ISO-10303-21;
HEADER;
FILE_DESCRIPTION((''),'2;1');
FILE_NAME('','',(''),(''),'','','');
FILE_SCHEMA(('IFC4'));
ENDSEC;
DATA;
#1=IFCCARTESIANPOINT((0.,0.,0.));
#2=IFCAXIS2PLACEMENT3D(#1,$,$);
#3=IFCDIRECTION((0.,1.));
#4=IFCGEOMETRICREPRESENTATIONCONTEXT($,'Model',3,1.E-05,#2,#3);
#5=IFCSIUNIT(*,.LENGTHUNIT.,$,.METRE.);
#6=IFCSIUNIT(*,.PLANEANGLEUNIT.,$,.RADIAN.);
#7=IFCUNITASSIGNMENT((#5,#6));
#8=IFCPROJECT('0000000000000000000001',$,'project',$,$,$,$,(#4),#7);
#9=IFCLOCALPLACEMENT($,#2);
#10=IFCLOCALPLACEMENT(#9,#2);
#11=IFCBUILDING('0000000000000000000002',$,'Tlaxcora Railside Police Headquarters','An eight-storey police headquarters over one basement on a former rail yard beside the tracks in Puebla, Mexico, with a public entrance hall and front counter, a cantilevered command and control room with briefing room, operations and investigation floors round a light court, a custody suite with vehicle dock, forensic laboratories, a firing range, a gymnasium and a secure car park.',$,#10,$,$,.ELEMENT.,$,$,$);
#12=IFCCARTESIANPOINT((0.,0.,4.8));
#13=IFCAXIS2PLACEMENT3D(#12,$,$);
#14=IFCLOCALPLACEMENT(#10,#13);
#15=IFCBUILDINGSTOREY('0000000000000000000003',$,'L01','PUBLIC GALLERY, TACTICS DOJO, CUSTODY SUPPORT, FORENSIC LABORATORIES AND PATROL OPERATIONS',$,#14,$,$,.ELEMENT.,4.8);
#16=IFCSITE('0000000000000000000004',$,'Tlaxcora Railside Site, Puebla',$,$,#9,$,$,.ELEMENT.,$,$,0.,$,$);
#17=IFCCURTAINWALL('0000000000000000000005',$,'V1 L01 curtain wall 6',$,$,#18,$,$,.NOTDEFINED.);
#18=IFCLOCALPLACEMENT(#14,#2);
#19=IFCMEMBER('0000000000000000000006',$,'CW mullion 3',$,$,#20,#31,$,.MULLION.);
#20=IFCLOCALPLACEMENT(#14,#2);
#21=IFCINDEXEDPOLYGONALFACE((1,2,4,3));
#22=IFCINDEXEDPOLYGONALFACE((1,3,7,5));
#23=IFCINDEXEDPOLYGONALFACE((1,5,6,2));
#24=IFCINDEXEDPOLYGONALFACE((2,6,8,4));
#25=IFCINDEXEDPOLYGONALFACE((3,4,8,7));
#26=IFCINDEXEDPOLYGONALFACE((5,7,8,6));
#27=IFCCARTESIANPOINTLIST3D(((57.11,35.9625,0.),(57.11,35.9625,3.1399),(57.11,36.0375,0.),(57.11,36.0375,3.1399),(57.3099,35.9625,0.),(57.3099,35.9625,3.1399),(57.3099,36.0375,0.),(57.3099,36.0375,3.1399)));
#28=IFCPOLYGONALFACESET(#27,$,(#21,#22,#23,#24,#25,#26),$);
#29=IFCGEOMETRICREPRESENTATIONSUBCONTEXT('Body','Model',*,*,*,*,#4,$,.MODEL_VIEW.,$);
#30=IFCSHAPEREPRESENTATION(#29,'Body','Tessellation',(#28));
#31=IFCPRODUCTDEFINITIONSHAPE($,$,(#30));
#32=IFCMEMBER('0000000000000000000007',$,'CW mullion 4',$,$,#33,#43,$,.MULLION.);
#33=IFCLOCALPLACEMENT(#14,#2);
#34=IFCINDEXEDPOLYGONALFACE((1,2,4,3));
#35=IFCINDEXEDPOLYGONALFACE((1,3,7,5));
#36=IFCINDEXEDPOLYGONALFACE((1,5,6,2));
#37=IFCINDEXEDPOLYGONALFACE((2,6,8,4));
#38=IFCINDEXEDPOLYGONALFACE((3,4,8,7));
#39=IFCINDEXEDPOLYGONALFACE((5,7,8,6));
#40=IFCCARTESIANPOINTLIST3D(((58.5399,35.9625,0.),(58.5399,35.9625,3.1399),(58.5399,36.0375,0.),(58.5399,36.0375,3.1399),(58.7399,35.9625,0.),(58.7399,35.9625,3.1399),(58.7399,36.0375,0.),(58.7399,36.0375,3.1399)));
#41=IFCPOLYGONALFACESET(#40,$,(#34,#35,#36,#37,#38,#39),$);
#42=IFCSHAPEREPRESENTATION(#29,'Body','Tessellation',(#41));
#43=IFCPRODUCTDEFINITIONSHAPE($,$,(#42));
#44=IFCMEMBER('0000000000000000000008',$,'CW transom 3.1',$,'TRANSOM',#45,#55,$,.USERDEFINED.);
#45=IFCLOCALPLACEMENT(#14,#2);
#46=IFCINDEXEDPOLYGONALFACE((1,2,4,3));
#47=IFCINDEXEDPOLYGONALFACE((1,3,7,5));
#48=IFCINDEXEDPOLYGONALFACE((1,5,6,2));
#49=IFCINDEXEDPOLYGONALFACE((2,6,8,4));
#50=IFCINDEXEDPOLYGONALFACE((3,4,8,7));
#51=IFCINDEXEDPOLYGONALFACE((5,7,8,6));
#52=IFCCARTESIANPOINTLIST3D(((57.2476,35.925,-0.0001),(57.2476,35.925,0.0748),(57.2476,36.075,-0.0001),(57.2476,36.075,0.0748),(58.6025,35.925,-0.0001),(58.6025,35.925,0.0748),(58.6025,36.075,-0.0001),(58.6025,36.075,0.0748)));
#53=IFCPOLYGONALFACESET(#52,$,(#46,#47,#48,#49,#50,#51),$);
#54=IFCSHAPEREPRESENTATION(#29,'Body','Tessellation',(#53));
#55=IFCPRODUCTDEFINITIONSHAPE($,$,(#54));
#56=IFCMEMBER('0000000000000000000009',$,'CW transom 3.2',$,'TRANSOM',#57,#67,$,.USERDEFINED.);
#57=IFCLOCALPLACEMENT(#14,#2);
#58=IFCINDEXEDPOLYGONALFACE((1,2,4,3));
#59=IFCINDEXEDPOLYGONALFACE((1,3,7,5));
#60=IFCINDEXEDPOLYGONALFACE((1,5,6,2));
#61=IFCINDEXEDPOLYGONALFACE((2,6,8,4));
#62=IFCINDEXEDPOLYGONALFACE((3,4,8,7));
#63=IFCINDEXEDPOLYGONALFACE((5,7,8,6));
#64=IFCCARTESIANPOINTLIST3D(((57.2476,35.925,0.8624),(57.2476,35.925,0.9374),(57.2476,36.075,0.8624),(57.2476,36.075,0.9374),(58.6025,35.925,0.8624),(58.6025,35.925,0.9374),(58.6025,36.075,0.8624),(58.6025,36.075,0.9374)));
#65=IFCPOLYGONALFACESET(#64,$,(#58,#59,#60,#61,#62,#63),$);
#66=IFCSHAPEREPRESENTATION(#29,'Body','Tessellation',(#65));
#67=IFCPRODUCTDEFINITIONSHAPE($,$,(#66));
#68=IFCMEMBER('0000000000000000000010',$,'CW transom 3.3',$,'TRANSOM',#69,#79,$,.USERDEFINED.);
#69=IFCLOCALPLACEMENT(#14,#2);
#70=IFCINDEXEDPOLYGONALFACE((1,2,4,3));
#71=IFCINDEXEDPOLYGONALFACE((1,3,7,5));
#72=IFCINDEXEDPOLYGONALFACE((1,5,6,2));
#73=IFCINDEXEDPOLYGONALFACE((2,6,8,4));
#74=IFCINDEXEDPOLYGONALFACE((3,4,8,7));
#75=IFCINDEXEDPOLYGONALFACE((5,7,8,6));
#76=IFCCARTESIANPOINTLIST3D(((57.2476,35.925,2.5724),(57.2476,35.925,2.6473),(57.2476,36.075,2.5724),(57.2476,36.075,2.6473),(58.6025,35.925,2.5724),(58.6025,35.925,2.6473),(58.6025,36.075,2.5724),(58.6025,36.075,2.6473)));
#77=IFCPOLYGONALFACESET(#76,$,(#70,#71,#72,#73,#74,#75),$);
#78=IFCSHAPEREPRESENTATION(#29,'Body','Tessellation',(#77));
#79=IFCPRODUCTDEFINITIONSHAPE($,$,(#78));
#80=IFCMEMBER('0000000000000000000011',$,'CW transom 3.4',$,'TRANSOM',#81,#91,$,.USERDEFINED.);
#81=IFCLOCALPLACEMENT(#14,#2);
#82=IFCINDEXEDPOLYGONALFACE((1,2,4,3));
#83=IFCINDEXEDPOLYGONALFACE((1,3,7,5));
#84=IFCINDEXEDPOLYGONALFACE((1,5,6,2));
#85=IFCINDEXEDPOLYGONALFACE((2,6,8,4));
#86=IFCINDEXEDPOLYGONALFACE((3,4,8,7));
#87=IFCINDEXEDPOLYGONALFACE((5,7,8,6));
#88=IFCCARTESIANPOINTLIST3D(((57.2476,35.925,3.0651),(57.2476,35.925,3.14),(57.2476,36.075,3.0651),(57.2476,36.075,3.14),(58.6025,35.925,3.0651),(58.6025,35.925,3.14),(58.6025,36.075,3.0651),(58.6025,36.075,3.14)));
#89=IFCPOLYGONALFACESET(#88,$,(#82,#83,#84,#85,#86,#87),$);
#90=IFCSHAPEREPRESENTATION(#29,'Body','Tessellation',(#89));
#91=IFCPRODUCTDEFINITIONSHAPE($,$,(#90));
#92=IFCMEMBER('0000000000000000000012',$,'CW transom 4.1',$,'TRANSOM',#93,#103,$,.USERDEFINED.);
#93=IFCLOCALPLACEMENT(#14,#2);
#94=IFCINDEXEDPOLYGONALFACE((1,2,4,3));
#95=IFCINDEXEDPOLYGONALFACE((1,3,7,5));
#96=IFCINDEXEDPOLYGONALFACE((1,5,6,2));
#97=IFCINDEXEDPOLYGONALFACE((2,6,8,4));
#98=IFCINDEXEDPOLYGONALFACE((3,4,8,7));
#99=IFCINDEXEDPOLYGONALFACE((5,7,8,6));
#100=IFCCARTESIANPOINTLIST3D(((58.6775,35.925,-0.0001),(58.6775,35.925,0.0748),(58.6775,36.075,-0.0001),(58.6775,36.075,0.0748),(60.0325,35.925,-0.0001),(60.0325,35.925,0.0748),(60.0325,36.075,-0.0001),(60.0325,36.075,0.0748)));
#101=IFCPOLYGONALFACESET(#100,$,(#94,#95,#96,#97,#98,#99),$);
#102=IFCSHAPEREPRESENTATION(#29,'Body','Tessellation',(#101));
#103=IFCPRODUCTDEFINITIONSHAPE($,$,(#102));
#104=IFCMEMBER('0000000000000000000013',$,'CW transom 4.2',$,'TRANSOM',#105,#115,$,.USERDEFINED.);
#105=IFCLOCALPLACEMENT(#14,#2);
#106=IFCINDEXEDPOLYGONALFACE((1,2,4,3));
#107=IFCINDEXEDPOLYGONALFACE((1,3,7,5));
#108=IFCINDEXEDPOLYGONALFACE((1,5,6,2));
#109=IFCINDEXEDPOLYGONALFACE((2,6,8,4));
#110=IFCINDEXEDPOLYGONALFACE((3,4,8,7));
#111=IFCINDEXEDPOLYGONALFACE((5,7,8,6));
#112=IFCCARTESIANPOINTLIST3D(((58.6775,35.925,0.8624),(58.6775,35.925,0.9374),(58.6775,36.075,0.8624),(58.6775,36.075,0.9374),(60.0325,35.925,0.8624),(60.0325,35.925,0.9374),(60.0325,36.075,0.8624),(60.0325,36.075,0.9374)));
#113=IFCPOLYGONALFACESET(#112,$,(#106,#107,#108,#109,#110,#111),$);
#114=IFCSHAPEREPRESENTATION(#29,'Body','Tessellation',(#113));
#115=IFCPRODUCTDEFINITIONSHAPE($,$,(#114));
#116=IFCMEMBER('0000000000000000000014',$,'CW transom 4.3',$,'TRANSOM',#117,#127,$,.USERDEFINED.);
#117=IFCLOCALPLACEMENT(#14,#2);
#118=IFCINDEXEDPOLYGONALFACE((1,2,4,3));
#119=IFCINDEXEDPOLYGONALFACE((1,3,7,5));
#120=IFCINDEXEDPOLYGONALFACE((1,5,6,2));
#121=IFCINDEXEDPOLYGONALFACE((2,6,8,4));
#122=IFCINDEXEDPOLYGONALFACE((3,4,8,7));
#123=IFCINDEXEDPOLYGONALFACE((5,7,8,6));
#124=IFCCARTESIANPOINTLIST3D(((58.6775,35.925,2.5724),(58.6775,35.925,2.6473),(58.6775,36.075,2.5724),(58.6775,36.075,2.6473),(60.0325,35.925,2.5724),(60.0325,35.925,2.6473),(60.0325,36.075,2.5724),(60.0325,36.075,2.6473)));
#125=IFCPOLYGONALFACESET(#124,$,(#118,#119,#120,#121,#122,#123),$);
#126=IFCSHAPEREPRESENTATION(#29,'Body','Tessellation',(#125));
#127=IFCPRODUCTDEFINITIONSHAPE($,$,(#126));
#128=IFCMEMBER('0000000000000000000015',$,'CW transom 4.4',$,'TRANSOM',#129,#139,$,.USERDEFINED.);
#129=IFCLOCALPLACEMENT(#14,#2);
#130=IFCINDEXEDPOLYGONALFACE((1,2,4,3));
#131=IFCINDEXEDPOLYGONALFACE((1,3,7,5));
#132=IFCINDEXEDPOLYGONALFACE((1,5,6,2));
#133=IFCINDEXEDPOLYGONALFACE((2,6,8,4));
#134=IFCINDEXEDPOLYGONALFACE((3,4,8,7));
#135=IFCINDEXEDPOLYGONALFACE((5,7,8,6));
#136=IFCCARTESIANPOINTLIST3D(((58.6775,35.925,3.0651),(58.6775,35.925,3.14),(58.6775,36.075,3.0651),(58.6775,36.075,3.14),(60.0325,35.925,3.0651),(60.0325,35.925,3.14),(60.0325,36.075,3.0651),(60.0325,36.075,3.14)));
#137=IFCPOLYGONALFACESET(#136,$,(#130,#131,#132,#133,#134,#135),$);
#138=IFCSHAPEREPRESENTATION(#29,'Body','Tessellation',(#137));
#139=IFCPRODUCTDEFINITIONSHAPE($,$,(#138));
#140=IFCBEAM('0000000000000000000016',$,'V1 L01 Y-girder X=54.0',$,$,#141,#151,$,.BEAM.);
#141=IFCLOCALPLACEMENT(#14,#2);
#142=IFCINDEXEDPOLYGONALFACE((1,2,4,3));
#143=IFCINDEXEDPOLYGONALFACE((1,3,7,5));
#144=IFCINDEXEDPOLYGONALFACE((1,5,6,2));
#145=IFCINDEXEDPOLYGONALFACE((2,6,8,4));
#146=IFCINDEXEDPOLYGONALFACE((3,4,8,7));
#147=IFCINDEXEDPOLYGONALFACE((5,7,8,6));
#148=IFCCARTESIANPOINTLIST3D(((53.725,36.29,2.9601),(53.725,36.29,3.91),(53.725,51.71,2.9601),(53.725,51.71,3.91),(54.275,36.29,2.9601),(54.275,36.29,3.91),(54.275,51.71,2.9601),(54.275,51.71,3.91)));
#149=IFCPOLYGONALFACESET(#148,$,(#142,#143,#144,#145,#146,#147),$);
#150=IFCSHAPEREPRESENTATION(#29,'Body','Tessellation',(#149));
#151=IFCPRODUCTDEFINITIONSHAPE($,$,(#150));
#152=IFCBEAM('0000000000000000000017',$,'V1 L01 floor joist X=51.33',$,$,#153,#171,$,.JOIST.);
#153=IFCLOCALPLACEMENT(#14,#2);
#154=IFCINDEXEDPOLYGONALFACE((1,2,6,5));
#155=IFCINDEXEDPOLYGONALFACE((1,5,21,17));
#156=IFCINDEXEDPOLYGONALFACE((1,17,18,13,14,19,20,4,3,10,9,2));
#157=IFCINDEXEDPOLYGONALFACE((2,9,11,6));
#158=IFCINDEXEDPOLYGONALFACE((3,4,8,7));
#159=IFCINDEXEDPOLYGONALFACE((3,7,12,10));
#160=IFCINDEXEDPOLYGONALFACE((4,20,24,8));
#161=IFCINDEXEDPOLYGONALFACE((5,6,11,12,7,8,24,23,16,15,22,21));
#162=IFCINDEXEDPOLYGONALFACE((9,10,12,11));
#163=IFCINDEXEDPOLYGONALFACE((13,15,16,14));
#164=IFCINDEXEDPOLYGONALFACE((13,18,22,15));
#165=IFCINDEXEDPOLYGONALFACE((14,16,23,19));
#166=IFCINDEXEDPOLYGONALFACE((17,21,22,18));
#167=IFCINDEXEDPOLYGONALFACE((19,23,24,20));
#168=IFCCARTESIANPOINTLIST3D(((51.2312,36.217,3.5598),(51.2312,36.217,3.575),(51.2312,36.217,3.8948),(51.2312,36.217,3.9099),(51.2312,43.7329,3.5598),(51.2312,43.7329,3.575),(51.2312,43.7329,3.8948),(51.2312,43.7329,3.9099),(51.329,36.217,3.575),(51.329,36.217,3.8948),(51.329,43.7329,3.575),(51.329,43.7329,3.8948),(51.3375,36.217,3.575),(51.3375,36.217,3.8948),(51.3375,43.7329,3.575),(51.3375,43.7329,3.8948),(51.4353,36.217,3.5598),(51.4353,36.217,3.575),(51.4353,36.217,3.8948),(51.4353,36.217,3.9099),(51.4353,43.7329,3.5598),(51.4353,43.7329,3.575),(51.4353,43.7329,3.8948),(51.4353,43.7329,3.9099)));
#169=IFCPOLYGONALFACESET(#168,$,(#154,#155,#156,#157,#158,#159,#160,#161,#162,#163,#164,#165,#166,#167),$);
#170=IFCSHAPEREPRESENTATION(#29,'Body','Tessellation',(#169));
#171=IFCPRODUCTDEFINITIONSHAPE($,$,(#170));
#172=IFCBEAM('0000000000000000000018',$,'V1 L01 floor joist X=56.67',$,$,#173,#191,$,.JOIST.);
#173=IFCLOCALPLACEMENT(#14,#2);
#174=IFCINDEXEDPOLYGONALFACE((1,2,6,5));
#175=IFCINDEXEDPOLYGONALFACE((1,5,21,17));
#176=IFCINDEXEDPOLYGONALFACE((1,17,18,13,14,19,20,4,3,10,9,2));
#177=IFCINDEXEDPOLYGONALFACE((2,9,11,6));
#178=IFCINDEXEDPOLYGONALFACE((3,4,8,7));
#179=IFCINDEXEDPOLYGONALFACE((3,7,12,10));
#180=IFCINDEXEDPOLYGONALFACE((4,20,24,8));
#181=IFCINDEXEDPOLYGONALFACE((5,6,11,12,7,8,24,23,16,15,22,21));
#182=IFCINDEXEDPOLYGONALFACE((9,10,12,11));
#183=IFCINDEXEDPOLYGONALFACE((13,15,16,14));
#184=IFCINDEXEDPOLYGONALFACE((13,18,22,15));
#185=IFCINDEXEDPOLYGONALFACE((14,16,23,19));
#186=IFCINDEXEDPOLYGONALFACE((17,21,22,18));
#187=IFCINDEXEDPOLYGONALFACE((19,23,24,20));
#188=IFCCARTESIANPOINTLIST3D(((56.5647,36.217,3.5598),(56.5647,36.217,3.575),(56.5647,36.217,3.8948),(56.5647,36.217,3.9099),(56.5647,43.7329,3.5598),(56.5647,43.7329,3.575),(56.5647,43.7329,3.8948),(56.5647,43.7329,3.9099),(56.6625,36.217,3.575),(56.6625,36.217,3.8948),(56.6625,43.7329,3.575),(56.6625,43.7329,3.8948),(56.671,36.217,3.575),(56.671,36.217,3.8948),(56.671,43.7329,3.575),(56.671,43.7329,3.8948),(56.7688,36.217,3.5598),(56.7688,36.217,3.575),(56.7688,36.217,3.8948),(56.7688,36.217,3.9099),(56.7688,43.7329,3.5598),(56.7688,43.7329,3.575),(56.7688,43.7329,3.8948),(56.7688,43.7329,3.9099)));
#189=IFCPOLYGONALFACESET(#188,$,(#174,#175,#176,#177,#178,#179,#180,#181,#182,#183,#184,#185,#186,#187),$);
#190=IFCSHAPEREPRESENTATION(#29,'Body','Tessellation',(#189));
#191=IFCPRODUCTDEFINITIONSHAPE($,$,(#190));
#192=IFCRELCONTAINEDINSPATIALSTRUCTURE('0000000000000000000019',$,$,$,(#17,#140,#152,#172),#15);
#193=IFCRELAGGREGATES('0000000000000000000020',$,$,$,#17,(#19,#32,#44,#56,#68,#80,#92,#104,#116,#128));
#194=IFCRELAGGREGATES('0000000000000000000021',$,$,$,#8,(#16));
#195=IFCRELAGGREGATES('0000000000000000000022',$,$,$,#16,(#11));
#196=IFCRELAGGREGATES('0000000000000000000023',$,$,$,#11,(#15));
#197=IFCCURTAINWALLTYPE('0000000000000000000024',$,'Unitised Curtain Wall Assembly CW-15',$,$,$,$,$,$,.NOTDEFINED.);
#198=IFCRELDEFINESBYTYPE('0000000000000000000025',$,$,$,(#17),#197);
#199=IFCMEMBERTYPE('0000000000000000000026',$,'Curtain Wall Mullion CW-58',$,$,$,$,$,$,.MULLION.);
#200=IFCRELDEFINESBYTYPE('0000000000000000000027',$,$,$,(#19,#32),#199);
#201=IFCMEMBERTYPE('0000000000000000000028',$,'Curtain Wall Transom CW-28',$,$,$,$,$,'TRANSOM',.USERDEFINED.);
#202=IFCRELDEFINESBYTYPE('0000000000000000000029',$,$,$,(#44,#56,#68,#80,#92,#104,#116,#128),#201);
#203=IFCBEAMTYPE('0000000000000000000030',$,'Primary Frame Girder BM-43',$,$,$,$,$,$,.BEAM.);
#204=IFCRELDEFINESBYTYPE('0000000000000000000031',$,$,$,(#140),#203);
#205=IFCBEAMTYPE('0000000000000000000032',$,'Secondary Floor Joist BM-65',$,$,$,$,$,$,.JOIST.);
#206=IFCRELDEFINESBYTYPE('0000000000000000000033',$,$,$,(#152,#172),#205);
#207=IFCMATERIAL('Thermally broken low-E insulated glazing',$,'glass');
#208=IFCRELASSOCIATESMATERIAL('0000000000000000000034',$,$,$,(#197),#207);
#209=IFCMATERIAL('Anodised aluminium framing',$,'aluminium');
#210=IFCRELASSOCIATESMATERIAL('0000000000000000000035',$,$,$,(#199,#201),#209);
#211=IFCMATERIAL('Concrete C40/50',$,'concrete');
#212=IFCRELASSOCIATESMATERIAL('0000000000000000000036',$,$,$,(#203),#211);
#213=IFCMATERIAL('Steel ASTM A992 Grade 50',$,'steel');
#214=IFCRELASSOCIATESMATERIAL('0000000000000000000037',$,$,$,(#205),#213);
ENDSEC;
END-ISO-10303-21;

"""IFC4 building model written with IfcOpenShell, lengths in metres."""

from ifc_helpers import new_model, si_unit, direction, frame, origin, origin_2d, place, context, subcontext, project, spatial, rectangle, i_section, extrude, material, material_profile, profile_set, type_object, element, aggregate, save


model = new_model("IFC4")

# Units and contexts
model_context = context("Model", 3, precision=1e-05, world=origin(), true_north=direction((0.0, 1.0)))
body_context = subcontext(model_context, "Body", "Model", "MODEL_VIEW")
ifc_project = project(units=[si_unit("LENGTHUNIT", "METRE"), si_unit("PLANEANGLEUNIT", "RADIAN")], contexts=[model_context])

# Site, building, storey
site_placement = place(None, origin())
site = spatial("IfcSite", under=ifc_project, at=site_placement, Name="Tlaxcora Railside Site, Puebla", CompositionType="ELEMENT", RefElevation=0.0)
building_placement = place(site_placement, origin())
building = spatial("IfcBuilding", under=site, at=building_placement, Name="Tlaxcora Railside Police Headquarters", Description="An eight-storey police headquarters over one basement on a former rail yard beside the tracks in Puebla, Mexico, with a public entrance hall and front counter, a cantilevered command and control room with briefing room, operations and investigation floors round a light court, a custody suite with vehicle dock, forensic laboratories, a firing range, a gymnasium and a secure car park.", CompositionType="ELEMENT")
storey_placement = place(building_placement, frame((0.0, 0.0, 4.8)))
storey = spatial("IfcBuildingStorey", under=building, at=storey_placement, Name="L01", Description="PUBLIC GALLERY, TACTICS DOJO, CUSTODY SUPPORT, FORENSIC LABORATORIES AND PATROL OPERATIONS", CompositionType="ELEMENT", Elevation=4.8)

# Curtain wall, members
ifc_material_1 = material(Name="Thermally broken low-E insulated glazing", Category="glass")
curtain_wall_type = type_object("IfcCurtainWallType", Name="Unitised Curtain Wall Assembly CW-15", PredefinedType="NOTDEFINED", material=ifc_material_1)
curtain_wall_placement = place(storey_placement, origin())
curtain_wall = element("IfcCurtainWall", 1, at=curtain_wall_placement, inside=storey, type_object=curtain_wall_type, Name="V1 L01 curtain wall 6", PredefinedType="NOTDEFINED")
ifc_material_2 = material(Name="Anodised aluminium framing", Category="aluminium")
ifc_material_profile_1 = material_profile(ifc_material_2, rectangle(XDim=0.075, YDim=0.2, at=origin_2d()), Name="AL75X200")
ifc_profile_set_1 = profile_set([ifc_material_profile_1], Name="Anodised aluminium framing")
member_type_1 = type_object("IfcMemberType", Name="Curtain Wall Mullion CW-58", PredefinedType="MULLION", material=ifc_profile_set_1)
member_1_placement = place(storey_placement, frame((57.21, 36.0, 0.0), z_axis=(0.0, 0.0, 1.0), x_axis=(0.0, 1.0, 0.0)))
member_1 = element("IfcMember", 2, at=member_1_placement, type_object=member_type_1, Name="CW mullion 3", PredefinedType="MULLION", context=body_context, shape_type="SweptSolid", body=[
    extrude(rectangle(XDim=0.075, YDim=0.2, at=origin_2d()), origin(), (0.0, 0.0, 1.0), 3.1399),
])
member_2_placement = place(storey_placement, frame((58.6399, 36.0, 0.0), z_axis=(0.0, 0.0, 1.0), x_axis=(0.0, 1.0, 0.0)))
member_2 = element("IfcMember", 3, at=member_2_placement, type_object=member_type_1, Name="CW mullion 4", PredefinedType="MULLION", context=body_context, shape_type="SweptSolid", body=[
    extrude(rectangle(XDim=0.075, YDim=0.2, at=origin_2d()), origin(), (0.0, 0.0, 1.0), 3.1399),
])
ifc_material_profile_2 = material_profile(ifc_material_2, rectangle(XDim=0.1499, YDim=0.075, at=origin_2d()), Name="AL75X150")
ifc_profile_set_2 = profile_set([ifc_material_profile_2], Name="Anodised aluminium framing")
member_type_2 = type_object("IfcMemberType", Name="Curtain Wall Transom CW-28", ElementType="TRANSOM", PredefinedType="USERDEFINED", material=ifc_profile_set_2)
member_3_placement = place(storey_placement, frame((57.2476, 36.0, 0.0374), z_axis=(1.0, 0.0, 0.0), x_axis=(0.0, 1.0, 0.0)))
member_3 = element("IfcMember", 4, at=member_3_placement, type_object=member_type_2, Name="CW transom 3.1", ObjectType="TRANSOM", PredefinedType="USERDEFINED", context=body_context, shape_type="SweptSolid", body=[
    extrude(rectangle(XDim=0.1499, YDim=0.075, at=origin_2d()), origin(), (0.0, 0.0, 1.0), 1.355),
])
member_4_placement = place(storey_placement, frame((57.2476, 36.0, 0.8999), z_axis=(1.0, 0.0, 0.0), x_axis=(0.0, 1.0, 0.0)))
member_4 = element("IfcMember", 5, at=member_4_placement, type_object=member_type_2, Name="CW transom 3.2", ObjectType="TRANSOM", PredefinedType="USERDEFINED", context=body_context, shape_type="SweptSolid", body=[
    extrude(rectangle(XDim=0.1499, YDim=0.075, at=origin_2d()), origin(), (0.0, 0.0, 1.0), 1.355),
])
member_5_placement = place(storey_placement, frame((57.2476, 36.0, 2.6099), z_axis=(1.0, 0.0, 0.0), x_axis=(0.0, 1.0, 0.0)))
member_5 = element("IfcMember", 6, at=member_5_placement, type_object=member_type_2, Name="CW transom 3.3", ObjectType="TRANSOM", PredefinedType="USERDEFINED", context=body_context, shape_type="SweptSolid", body=[
    extrude(rectangle(XDim=0.1499, YDim=0.075, at=origin_2d()), origin(), (0.0, 0.0, 1.0), 1.355),
])
member_6_placement = place(storey_placement, frame((57.2476, 36.0, 3.1025), z_axis=(1.0, 0.0, 0.0), x_axis=(0.0, 1.0, 0.0)))
member_6 = element("IfcMember", 7, at=member_6_placement, type_object=member_type_2, Name="CW transom 3.4", ObjectType="TRANSOM", PredefinedType="USERDEFINED", context=body_context, shape_type="SweptSolid", body=[
    extrude(rectangle(XDim=0.1499, YDim=0.075, at=origin_2d()), origin(), (0.0, 0.0, 1.0), 1.355),
])
member_7_placement = place(storey_placement, frame((58.6775, 36.0, 0.0374), z_axis=(1.0, 0.0, 0.0), x_axis=(0.0, 1.0, 0.0)))
member_7 = element("IfcMember", 8, at=member_7_placement, type_object=member_type_2, Name="CW transom 4.1", ObjectType="TRANSOM", PredefinedType="USERDEFINED", context=body_context, shape_type="SweptSolid", body=[
    extrude(rectangle(XDim=0.1499, YDim=0.075, at=origin_2d()), origin(), (0.0, 0.0, 1.0), 1.355),
])
member_8_placement = place(storey_placement, frame((58.6775, 36.0, 0.8999), z_axis=(1.0, 0.0, 0.0), x_axis=(0.0, 1.0, 0.0)))
member_8 = element("IfcMember", 9, at=member_8_placement, type_object=member_type_2, Name="CW transom 4.2", ObjectType="TRANSOM", PredefinedType="USERDEFINED", context=body_context, shape_type="SweptSolid", body=[
    extrude(rectangle(XDim=0.1499, YDim=0.075, at=origin_2d()), origin(), (0.0, 0.0, 1.0), 1.355),
])
member_9_placement = place(storey_placement, frame((58.6775, 36.0, 2.6099), z_axis=(1.0, 0.0, 0.0), x_axis=(0.0, 1.0, 0.0)))
member_9 = element("IfcMember", 10, at=member_9_placement, type_object=member_type_2, Name="CW transom 4.3", ObjectType="TRANSOM", PredefinedType="USERDEFINED", context=body_context, shape_type="SweptSolid", body=[
    extrude(rectangle(XDim=0.1499, YDim=0.075, at=origin_2d()), origin(), (0.0, 0.0, 1.0), 1.355),
])
member_10_placement = place(storey_placement, frame((58.6775, 36.0, 3.1025), z_axis=(1.0, 0.0, 0.0), x_axis=(0.0, 1.0, 0.0)))
member_10 = element("IfcMember", 11, at=member_10_placement, type_object=member_type_2, Name="CW transom 4.4", ObjectType="TRANSOM", PredefinedType="USERDEFINED", context=body_context, shape_type="SweptSolid", body=[
    extrude(rectangle(XDim=0.1499, YDim=0.075, at=origin_2d()), origin(), (0.0, 0.0, 1.0), 1.355),
])

# Beams
ifc_material_3 = material(Name="Concrete C40/50", Category="concrete")
ifc_material_profile_3 = material_profile(ifc_material_3, rectangle(XDim=0.55, YDim=0.95, at=origin_2d()), Name="RC550X950")
ifc_profile_set_3 = profile_set([ifc_material_profile_3], Name="Concrete C40/50")
beam_type_1 = type_object("IfcBeamType", Name="Primary Frame Girder BM-43", PredefinedType="BEAM", material=ifc_profile_set_3)
beam_1_placement = place(storey_placement, frame((54.0, 36.29, 3.4351), z_axis=(0.0, 1.0, 0.0), x_axis=(-1.0, 0.0, 0.0)))
element("IfcBeam", 12, at=beam_1_placement, inside=storey, type_object=beam_type_1, Name="V1 L01 Y-girder X=54.0", PredefinedType="BEAM", context=body_context, shape_type="SweptSolid", body=[
    extrude(rectangle(XDim=0.55, YDim=0.95, at=origin_2d()), origin(), (0.0, 0.0, 1.0), 15.4199),
])
ifc_material_4 = material(Name="Steel ASTM A992 Grade 50", Category="steel")
ifc_material_profile_4 = material_profile(ifc_material_4, i_section(OverallWidth=0.2041, OverallDepth=0.3501, WebThickness=0.0085, FlangeThickness=0.0151, at=origin_2d()), Name="W14X48")
ifc_profile_set_4 = profile_set([ifc_material_profile_4], Name="Steel ASTM A992 Grade 50")
beam_type_2 = type_object("IfcBeamType", Name="Secondary Floor Joist BM-65", PredefinedType="JOIST", material=ifc_profile_set_4)
for number, where, z_axis, x_axis, name in (
    (13, (51.3333, 36.217, 3.7349), (0.0, 1.0, 0.0), (-1.0, 0.0, 0.0), "V1 L01 floor joist X=51.33"),
    (14, (56.6667, 36.217, 3.7349), (0.0, 1.0, 0.0), (-1.0, 0.0, 0.0), "V1 L01 floor joist X=56.67"),
):
    element("IfcBeam", number, at=place(storey_placement, frame(where, z_axis=z_axis, x_axis=x_axis)), inside=storey, type_object=beam_type_2, Name=name, PredefinedType="JOIST", context=body_context, shape_type="SweptSolid", body=[
        extrude(i_section(OverallWidth=0.2041, OverallDepth=0.3501, WebThickness=0.0085, FlangeThickness=0.0151, at=origin_2d()), origin(), (0.0, 0.0, 1.0), 7.5159),
    ])

aggregate(curtain_wall, [member_1, member_2, member_3, member_4, member_5, member_6, member_7, member_8, member_9, member_10])

save(model, "model.ifc")
